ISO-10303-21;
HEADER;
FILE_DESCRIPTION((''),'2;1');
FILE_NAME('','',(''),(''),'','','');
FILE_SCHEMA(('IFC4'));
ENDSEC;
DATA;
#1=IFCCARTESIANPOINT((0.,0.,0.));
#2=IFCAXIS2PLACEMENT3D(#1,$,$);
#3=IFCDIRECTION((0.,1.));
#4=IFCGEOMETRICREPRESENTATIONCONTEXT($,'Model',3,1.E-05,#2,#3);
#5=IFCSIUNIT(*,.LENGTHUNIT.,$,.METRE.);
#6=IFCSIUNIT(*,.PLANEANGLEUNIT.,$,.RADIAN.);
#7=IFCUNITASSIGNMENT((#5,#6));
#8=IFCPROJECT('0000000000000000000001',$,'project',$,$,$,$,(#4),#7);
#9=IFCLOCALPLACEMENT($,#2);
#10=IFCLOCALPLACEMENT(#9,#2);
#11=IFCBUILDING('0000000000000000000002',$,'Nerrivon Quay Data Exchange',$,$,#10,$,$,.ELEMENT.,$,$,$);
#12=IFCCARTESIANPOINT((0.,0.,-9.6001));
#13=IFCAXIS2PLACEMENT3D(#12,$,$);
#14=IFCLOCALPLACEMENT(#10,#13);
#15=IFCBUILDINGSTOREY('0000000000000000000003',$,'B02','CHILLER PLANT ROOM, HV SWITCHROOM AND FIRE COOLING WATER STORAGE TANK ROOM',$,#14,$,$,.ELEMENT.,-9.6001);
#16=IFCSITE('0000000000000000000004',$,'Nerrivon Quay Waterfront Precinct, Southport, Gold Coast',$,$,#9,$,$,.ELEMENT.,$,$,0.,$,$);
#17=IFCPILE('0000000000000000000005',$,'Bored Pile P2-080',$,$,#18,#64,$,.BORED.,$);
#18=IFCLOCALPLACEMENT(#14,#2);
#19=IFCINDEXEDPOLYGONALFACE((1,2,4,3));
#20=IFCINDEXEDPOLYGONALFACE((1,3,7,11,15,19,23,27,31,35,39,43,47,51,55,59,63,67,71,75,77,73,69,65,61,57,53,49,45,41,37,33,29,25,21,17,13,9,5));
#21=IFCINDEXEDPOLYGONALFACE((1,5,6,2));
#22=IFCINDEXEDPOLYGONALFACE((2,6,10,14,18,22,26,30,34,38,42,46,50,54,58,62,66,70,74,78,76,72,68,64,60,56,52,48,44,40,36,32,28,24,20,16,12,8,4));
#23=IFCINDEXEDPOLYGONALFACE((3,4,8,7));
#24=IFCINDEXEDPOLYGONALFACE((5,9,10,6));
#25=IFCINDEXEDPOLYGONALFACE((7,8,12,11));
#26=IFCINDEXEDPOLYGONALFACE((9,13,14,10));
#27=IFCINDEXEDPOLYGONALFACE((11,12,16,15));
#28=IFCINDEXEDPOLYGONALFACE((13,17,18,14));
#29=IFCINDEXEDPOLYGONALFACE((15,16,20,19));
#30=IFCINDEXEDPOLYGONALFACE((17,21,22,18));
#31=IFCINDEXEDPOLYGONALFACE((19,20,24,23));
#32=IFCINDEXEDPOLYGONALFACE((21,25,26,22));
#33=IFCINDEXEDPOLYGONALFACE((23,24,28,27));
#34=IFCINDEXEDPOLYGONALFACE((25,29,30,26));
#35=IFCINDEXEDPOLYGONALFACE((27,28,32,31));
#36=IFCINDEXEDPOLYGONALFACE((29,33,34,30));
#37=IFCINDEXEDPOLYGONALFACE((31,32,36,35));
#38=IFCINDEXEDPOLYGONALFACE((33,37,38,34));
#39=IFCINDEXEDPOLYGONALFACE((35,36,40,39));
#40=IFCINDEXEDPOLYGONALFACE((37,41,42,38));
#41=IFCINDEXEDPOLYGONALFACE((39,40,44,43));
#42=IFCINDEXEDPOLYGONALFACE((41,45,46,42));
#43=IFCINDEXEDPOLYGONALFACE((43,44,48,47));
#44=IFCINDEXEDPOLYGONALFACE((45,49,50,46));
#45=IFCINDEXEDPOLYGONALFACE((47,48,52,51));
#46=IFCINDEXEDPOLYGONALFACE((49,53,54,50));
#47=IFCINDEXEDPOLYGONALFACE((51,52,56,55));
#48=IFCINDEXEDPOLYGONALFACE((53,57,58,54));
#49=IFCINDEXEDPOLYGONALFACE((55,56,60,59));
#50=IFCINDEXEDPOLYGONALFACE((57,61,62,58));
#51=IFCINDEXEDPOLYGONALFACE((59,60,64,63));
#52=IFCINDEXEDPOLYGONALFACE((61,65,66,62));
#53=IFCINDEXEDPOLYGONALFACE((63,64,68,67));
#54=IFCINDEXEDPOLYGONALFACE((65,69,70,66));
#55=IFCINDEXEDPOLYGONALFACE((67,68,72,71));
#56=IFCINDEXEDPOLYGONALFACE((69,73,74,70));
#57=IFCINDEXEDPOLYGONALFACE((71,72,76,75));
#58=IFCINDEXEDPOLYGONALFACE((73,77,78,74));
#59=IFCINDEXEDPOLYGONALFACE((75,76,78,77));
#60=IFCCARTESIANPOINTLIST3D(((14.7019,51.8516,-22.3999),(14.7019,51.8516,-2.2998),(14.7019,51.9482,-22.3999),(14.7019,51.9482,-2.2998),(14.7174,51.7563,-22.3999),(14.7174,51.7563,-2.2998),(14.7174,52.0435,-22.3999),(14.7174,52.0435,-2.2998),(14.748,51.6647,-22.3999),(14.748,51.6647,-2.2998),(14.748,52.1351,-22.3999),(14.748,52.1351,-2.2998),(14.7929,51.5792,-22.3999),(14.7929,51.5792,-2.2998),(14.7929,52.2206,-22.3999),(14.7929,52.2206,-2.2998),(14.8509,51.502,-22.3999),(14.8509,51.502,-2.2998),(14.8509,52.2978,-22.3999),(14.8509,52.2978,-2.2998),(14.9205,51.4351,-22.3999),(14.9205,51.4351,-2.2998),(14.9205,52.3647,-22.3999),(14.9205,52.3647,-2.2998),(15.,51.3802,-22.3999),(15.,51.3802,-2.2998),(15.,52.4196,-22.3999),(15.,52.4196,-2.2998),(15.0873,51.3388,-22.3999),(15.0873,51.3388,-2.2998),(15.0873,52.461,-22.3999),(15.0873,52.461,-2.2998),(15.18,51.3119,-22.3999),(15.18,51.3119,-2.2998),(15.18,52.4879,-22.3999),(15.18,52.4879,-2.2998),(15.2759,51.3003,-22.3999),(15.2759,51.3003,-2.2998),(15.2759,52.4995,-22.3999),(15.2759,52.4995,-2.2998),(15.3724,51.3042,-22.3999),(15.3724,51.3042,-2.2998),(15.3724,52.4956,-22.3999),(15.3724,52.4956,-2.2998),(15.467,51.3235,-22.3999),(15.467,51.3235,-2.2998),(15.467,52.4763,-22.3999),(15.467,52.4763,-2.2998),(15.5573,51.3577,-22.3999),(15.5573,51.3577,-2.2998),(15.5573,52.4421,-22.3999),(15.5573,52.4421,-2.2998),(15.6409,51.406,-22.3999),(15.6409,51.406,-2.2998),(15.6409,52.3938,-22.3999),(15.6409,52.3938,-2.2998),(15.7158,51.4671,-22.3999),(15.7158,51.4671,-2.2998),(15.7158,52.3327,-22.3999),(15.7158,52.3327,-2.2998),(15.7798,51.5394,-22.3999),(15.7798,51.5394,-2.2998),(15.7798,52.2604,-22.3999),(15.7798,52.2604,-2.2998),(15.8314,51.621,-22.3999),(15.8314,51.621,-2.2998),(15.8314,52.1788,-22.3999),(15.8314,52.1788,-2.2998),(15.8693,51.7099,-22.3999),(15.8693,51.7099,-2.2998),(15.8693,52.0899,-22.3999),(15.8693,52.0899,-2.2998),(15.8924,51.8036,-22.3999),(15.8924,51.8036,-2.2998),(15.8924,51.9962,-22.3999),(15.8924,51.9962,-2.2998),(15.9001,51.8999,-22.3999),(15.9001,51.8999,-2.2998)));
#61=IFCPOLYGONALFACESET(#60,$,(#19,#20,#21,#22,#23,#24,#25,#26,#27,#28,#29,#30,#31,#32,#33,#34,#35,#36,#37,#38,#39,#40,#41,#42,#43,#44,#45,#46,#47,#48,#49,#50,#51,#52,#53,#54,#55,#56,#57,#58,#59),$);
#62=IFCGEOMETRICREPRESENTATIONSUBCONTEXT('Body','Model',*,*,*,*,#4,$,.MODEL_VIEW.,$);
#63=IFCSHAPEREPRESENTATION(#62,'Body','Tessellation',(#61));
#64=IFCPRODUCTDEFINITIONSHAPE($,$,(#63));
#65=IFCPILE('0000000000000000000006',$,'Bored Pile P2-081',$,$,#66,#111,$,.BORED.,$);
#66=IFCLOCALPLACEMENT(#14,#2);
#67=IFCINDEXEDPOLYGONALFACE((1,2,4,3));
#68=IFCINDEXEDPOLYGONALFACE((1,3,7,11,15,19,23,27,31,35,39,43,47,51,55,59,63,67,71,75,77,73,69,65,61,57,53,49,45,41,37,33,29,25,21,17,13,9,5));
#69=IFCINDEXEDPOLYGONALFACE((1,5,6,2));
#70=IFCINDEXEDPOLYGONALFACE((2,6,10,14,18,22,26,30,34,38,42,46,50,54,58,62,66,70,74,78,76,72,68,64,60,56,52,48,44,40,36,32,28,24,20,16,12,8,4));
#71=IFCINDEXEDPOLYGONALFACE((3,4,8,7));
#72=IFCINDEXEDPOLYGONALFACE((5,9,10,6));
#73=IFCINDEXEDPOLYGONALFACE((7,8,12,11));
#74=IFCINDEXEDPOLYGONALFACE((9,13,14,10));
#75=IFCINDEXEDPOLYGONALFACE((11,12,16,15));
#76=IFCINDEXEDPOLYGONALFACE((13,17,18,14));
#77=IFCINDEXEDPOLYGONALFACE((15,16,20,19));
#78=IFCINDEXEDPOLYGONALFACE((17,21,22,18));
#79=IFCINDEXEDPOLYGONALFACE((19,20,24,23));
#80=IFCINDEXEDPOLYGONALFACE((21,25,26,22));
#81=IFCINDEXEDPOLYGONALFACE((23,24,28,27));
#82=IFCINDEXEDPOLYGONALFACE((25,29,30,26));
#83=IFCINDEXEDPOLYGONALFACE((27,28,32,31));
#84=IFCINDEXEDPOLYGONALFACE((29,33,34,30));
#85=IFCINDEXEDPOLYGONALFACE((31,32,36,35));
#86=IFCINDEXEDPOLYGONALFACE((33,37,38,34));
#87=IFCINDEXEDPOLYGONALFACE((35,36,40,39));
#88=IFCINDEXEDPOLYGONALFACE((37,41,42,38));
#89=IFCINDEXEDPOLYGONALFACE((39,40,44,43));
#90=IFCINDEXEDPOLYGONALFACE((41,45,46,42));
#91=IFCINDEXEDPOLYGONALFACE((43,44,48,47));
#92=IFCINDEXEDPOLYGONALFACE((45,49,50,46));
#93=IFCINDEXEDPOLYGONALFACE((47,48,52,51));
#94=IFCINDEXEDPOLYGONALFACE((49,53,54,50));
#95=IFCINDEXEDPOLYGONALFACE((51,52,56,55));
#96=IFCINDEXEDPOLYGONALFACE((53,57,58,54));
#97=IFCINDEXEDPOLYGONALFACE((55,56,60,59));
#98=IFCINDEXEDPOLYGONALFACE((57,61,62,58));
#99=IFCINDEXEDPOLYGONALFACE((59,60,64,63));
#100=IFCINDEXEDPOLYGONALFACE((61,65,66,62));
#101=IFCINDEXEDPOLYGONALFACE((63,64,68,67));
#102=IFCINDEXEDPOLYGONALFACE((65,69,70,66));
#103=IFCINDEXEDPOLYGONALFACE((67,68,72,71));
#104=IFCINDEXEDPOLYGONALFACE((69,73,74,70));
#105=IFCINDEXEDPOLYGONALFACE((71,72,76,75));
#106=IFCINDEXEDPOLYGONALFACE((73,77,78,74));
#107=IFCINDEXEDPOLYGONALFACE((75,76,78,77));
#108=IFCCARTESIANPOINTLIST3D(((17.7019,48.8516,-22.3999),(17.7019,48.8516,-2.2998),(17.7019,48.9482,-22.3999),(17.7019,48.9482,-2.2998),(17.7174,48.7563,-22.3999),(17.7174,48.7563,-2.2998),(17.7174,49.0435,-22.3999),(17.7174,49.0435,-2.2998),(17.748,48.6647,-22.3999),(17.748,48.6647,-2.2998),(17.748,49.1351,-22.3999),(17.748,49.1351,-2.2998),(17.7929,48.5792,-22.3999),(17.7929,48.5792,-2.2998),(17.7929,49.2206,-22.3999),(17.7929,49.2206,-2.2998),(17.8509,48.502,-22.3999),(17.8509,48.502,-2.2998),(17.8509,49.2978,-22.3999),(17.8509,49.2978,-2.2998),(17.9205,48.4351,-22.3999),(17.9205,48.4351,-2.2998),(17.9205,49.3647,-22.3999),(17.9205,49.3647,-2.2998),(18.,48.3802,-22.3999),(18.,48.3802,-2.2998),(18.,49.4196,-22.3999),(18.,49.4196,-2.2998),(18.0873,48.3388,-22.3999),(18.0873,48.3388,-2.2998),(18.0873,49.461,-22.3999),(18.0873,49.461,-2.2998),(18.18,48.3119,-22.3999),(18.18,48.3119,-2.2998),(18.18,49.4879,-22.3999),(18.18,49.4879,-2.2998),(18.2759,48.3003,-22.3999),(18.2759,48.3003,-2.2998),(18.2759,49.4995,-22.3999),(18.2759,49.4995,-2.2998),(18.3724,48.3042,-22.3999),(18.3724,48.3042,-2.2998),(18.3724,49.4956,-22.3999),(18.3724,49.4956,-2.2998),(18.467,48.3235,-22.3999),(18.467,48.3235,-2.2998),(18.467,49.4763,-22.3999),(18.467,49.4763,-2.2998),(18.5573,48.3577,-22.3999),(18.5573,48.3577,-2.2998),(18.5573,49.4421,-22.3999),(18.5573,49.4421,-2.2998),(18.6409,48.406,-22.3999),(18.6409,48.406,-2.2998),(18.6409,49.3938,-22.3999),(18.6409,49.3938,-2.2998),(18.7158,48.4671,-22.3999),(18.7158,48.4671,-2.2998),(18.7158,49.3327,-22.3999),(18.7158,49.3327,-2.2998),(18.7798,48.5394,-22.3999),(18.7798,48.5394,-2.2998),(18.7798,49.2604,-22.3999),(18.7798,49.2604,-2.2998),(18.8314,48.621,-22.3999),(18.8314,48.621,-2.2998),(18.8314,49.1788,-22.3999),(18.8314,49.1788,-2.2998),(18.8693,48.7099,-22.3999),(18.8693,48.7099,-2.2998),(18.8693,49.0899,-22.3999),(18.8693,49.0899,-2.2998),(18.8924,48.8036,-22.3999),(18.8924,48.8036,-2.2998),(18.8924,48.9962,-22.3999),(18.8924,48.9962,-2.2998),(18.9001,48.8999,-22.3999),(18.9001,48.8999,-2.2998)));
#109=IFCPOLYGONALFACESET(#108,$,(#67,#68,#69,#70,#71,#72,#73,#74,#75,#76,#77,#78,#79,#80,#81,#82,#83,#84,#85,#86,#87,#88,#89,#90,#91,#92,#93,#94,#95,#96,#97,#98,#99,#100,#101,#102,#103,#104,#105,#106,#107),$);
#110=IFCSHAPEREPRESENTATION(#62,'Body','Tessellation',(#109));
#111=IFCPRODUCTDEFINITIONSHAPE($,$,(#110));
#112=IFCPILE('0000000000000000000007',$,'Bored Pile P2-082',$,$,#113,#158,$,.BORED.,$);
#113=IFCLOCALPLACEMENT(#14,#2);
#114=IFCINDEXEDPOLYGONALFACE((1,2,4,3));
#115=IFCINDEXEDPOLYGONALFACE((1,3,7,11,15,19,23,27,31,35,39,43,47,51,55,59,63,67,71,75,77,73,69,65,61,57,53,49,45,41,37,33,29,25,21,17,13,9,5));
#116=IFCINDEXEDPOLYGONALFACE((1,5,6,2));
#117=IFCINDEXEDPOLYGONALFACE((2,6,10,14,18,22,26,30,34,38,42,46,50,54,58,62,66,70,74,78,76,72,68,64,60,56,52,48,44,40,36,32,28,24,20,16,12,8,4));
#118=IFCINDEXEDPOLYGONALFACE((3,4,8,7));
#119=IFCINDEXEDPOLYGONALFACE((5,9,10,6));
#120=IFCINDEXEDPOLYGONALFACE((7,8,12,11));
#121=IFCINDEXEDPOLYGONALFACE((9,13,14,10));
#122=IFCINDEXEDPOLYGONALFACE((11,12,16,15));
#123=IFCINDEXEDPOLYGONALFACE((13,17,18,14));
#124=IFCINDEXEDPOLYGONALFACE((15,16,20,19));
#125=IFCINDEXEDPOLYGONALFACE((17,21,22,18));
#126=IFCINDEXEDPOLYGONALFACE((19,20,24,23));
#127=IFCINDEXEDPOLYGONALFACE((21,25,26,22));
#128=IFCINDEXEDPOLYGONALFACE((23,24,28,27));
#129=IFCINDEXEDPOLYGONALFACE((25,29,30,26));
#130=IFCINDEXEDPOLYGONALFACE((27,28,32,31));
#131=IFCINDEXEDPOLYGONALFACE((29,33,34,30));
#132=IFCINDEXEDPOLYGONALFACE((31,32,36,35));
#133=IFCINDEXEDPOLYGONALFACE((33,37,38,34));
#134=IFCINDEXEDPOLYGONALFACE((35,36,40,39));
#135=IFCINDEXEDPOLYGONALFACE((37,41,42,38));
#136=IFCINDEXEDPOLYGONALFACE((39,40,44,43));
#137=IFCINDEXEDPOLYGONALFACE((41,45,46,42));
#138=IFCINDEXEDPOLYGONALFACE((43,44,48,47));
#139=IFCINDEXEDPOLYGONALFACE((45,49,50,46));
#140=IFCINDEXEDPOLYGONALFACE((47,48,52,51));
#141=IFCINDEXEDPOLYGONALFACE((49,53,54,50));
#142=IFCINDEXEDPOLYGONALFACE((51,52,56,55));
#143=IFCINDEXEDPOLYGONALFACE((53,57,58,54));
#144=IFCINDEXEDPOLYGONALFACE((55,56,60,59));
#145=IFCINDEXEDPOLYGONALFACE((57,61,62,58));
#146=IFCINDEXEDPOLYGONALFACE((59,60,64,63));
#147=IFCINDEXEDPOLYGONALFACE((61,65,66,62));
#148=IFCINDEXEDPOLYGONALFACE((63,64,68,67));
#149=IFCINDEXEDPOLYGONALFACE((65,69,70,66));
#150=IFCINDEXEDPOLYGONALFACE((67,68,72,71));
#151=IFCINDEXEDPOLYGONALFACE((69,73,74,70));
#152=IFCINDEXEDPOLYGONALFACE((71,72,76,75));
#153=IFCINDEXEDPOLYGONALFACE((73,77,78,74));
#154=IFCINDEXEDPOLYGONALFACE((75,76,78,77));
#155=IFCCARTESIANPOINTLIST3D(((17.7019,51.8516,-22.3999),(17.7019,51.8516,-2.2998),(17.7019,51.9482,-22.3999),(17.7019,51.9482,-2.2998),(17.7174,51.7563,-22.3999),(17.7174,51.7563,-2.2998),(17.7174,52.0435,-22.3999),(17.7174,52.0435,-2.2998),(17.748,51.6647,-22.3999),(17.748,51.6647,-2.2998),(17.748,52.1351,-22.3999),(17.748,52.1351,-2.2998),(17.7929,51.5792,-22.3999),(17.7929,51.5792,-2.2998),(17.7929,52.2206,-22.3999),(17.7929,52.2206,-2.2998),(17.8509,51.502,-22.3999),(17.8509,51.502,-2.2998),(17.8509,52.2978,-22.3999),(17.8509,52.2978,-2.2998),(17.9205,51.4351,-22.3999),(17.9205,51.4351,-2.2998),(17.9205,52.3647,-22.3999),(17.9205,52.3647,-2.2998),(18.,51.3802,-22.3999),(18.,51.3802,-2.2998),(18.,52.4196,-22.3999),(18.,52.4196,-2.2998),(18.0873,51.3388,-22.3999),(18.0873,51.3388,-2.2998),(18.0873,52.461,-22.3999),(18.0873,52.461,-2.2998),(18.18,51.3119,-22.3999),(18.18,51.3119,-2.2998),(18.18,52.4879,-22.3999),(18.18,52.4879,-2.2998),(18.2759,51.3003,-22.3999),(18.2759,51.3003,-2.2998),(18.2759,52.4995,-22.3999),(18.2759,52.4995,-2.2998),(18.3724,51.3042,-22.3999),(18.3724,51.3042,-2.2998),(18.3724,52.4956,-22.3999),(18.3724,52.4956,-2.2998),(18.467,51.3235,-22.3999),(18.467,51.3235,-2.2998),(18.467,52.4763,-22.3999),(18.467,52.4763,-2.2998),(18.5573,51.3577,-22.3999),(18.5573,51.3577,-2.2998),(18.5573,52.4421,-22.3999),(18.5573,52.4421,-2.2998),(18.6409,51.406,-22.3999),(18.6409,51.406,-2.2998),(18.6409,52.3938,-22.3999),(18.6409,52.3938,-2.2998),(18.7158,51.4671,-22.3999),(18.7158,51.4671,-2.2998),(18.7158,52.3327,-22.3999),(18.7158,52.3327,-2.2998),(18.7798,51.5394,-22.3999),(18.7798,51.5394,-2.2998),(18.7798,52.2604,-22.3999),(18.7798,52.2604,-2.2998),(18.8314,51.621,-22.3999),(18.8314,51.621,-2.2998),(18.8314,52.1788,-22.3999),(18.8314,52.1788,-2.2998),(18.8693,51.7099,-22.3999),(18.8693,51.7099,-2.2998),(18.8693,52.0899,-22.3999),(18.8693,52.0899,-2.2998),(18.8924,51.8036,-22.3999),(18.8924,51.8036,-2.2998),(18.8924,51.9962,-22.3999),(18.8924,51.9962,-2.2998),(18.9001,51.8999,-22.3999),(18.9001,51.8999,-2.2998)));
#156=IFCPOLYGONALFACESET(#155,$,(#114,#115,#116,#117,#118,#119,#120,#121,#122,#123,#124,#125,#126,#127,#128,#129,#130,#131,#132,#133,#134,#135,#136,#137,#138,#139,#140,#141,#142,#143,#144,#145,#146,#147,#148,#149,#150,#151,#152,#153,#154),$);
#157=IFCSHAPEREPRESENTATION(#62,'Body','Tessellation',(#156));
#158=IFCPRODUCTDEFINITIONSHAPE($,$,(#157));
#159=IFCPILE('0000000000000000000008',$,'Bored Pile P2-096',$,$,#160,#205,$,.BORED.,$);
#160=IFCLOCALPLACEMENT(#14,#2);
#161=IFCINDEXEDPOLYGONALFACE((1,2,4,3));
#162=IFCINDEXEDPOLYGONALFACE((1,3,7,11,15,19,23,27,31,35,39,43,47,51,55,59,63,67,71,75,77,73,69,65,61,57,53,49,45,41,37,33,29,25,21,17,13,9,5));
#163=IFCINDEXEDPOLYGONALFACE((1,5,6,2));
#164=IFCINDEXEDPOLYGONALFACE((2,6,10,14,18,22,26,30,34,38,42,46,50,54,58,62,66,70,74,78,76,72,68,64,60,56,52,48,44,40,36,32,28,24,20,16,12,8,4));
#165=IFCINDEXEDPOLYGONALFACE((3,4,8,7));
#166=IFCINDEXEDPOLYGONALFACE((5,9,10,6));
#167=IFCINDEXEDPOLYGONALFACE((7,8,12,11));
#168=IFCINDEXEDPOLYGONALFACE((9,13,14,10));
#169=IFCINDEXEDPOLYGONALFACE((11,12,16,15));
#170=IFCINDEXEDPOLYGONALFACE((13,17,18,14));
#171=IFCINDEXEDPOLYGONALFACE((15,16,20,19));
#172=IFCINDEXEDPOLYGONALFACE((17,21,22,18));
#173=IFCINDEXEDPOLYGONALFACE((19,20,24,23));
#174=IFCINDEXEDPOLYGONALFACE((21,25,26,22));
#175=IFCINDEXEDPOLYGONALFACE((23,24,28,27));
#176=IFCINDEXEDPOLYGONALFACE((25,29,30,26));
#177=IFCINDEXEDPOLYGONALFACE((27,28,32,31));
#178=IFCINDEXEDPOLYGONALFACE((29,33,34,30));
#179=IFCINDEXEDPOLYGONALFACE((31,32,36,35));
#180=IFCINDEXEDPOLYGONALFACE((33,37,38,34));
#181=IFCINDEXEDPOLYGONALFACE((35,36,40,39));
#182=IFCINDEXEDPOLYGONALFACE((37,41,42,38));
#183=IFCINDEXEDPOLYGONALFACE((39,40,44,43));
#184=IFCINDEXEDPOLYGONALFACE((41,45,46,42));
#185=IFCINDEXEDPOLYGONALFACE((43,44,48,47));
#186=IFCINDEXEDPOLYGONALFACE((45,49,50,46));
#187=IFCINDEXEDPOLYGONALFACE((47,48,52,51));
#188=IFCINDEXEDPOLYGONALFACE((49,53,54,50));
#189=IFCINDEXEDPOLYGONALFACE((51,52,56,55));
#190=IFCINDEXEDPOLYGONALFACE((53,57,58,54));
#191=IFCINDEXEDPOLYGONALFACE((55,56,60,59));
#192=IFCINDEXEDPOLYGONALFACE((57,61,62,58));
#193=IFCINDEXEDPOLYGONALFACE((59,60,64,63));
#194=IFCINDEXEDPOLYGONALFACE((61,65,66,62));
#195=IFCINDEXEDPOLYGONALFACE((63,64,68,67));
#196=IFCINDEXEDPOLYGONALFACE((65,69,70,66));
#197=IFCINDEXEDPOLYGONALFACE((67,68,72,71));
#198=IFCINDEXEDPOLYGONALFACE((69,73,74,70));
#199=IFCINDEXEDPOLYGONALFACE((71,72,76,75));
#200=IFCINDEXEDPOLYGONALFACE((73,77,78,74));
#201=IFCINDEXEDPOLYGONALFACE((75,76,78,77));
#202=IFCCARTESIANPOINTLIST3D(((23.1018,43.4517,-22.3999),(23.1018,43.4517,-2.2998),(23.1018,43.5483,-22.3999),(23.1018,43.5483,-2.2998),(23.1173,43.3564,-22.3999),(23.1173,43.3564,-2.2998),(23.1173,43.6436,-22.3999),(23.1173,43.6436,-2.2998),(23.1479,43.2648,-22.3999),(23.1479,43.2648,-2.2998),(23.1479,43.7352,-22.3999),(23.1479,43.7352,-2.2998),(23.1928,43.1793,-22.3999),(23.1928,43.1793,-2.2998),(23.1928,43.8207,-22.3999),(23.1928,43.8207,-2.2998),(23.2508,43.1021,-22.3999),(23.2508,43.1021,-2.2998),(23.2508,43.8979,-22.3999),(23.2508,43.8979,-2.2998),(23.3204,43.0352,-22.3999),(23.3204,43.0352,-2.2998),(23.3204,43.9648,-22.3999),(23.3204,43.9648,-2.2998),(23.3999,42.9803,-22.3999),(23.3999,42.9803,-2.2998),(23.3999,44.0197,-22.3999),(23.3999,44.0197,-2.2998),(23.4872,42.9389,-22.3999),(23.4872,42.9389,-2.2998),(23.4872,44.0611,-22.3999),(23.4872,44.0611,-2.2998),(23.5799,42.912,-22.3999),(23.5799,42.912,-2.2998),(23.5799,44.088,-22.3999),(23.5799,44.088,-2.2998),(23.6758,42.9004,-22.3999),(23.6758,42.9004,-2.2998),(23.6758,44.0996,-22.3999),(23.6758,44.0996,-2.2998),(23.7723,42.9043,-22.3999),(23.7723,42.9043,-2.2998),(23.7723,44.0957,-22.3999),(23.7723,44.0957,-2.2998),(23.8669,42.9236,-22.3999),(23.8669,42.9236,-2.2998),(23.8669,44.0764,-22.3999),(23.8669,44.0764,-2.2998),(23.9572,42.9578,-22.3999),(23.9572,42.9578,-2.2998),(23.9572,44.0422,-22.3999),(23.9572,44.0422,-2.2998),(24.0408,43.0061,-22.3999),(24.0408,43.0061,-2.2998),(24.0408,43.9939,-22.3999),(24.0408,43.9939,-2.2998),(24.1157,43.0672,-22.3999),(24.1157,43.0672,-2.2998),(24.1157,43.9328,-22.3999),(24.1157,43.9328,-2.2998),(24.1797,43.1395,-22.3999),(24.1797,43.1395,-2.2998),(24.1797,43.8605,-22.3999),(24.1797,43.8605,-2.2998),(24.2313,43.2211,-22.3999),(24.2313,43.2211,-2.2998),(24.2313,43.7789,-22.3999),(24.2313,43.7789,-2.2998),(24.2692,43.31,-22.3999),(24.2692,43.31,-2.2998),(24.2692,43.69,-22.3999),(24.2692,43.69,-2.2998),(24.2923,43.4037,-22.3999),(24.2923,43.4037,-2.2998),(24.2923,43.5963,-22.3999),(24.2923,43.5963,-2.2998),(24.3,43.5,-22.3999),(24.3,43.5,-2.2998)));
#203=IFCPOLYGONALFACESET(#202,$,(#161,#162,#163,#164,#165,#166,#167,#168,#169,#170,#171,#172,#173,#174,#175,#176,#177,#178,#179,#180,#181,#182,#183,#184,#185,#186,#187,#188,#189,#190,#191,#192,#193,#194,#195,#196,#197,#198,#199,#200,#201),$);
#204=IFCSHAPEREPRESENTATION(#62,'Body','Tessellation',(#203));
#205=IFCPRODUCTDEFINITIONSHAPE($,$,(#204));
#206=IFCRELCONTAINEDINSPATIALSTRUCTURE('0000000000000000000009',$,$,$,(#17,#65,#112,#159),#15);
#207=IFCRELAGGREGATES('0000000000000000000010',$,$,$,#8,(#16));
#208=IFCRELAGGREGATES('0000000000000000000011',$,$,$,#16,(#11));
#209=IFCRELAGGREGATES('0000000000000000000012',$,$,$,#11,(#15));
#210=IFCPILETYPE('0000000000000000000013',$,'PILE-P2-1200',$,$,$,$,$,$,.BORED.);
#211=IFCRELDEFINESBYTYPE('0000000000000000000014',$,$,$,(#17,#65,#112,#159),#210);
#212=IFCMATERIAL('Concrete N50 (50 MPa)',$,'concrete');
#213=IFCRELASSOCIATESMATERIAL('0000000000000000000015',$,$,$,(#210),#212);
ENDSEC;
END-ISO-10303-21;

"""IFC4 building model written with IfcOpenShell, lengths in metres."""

from ifc_helpers import new_model, si_unit, direction, frame, origin, origin_2d, place, context, subcontext, project, spatial, circle, extrude, material, material_profile, profile_set, type_object, element, save


model = new_model("IFC4")

# Units and contexts
model_context = context("Model", 3, precision=1e-05, world=origin(), true_north=direction((0.0, 1.0)))
body_context = subcontext(model_context, "Body", "Model", "MODEL_VIEW")
ifc_project = project(units=[si_unit("LENGTHUNIT", "METRE"), si_unit("PLANEANGLEUNIT", "RADIAN")], contexts=[model_context])

# Site, building, storey
site_placement = place(None, origin())
site = spatial("IfcSite", under=ifc_project, at=site_placement, Name="Nerrivon Quay Waterfront Precinct, Southport, Gold Coast", CompositionType="ELEMENT", RefElevation=0.0)
building_placement = place(site_placement, origin())
building = spatial("IfcBuilding", under=site, at=building_placement, Name="Nerrivon Quay Data Exchange", CompositionType="ELEMENT")
storey_placement = place(building_placement, frame((0.0, 0.0, -9.6001)))
storey = spatial("IfcBuildingStorey", under=building, at=storey_placement, Name="B02", Description="CHILLER PLANT ROOM, HV SWITCHROOM AND FIRE COOLING WATER STORAGE TANK ROOM", CompositionType="ELEMENT", Elevation=-9.6001)

# Piles
ifc_material_1 = material(Name="Concrete N50 (50 MPa)", Category="concrete")
ifc_material_profile_1 = material_profile(ifc_material_1, circle(Radius=0.6001, at=origin_2d()), Name="PILE-1200")
ifc_profile_set_1 = profile_set([ifc_material_profile_1], Name="Concrete N50 (50 MPa)")
pile_type = type_object("IfcPileType", Name="PILE-P2-1200", PredefinedType="BORED", material=ifc_profile_set_1)
for number, where, z_axis, x_axis, name in (
    (1, (15.3, 51.8999, -2.2998), (0.0, 0.0, -1.0), (1.0, 0.0, 0.0), "Bored Pile P2-080"),
    (2, (18.3, 48.8999, -2.2998), (0.0, 0.0, -1.0), (1.0, 0.0, 0.0), "Bored Pile P2-081"),
    (3, (18.3, 51.8999, -2.2998), (0.0, 0.0, -1.0), (1.0, 0.0, 0.0), "Bored Pile P2-082"),
    (4, (23.7, 43.5, -2.2998), (0.0, 0.0, -1.0), (1.0, 0.0, 0.0), "Bored Pile P2-096"),
):
    element("IfcPile", number, at=place(storey_placement, frame(where, z_axis=z_axis, x_axis=x_axis)), inside=storey, type_object=pile_type, Name=name, PredefinedType="BORED", context=body_context, shape_type="SweptSolid", body=[
        extrude(circle(Radius=0.6001, at=origin_2d()), origin(), (0.0, 0.0, 1.0), 20.1001),
    ])

save(model, "model.ifc")
